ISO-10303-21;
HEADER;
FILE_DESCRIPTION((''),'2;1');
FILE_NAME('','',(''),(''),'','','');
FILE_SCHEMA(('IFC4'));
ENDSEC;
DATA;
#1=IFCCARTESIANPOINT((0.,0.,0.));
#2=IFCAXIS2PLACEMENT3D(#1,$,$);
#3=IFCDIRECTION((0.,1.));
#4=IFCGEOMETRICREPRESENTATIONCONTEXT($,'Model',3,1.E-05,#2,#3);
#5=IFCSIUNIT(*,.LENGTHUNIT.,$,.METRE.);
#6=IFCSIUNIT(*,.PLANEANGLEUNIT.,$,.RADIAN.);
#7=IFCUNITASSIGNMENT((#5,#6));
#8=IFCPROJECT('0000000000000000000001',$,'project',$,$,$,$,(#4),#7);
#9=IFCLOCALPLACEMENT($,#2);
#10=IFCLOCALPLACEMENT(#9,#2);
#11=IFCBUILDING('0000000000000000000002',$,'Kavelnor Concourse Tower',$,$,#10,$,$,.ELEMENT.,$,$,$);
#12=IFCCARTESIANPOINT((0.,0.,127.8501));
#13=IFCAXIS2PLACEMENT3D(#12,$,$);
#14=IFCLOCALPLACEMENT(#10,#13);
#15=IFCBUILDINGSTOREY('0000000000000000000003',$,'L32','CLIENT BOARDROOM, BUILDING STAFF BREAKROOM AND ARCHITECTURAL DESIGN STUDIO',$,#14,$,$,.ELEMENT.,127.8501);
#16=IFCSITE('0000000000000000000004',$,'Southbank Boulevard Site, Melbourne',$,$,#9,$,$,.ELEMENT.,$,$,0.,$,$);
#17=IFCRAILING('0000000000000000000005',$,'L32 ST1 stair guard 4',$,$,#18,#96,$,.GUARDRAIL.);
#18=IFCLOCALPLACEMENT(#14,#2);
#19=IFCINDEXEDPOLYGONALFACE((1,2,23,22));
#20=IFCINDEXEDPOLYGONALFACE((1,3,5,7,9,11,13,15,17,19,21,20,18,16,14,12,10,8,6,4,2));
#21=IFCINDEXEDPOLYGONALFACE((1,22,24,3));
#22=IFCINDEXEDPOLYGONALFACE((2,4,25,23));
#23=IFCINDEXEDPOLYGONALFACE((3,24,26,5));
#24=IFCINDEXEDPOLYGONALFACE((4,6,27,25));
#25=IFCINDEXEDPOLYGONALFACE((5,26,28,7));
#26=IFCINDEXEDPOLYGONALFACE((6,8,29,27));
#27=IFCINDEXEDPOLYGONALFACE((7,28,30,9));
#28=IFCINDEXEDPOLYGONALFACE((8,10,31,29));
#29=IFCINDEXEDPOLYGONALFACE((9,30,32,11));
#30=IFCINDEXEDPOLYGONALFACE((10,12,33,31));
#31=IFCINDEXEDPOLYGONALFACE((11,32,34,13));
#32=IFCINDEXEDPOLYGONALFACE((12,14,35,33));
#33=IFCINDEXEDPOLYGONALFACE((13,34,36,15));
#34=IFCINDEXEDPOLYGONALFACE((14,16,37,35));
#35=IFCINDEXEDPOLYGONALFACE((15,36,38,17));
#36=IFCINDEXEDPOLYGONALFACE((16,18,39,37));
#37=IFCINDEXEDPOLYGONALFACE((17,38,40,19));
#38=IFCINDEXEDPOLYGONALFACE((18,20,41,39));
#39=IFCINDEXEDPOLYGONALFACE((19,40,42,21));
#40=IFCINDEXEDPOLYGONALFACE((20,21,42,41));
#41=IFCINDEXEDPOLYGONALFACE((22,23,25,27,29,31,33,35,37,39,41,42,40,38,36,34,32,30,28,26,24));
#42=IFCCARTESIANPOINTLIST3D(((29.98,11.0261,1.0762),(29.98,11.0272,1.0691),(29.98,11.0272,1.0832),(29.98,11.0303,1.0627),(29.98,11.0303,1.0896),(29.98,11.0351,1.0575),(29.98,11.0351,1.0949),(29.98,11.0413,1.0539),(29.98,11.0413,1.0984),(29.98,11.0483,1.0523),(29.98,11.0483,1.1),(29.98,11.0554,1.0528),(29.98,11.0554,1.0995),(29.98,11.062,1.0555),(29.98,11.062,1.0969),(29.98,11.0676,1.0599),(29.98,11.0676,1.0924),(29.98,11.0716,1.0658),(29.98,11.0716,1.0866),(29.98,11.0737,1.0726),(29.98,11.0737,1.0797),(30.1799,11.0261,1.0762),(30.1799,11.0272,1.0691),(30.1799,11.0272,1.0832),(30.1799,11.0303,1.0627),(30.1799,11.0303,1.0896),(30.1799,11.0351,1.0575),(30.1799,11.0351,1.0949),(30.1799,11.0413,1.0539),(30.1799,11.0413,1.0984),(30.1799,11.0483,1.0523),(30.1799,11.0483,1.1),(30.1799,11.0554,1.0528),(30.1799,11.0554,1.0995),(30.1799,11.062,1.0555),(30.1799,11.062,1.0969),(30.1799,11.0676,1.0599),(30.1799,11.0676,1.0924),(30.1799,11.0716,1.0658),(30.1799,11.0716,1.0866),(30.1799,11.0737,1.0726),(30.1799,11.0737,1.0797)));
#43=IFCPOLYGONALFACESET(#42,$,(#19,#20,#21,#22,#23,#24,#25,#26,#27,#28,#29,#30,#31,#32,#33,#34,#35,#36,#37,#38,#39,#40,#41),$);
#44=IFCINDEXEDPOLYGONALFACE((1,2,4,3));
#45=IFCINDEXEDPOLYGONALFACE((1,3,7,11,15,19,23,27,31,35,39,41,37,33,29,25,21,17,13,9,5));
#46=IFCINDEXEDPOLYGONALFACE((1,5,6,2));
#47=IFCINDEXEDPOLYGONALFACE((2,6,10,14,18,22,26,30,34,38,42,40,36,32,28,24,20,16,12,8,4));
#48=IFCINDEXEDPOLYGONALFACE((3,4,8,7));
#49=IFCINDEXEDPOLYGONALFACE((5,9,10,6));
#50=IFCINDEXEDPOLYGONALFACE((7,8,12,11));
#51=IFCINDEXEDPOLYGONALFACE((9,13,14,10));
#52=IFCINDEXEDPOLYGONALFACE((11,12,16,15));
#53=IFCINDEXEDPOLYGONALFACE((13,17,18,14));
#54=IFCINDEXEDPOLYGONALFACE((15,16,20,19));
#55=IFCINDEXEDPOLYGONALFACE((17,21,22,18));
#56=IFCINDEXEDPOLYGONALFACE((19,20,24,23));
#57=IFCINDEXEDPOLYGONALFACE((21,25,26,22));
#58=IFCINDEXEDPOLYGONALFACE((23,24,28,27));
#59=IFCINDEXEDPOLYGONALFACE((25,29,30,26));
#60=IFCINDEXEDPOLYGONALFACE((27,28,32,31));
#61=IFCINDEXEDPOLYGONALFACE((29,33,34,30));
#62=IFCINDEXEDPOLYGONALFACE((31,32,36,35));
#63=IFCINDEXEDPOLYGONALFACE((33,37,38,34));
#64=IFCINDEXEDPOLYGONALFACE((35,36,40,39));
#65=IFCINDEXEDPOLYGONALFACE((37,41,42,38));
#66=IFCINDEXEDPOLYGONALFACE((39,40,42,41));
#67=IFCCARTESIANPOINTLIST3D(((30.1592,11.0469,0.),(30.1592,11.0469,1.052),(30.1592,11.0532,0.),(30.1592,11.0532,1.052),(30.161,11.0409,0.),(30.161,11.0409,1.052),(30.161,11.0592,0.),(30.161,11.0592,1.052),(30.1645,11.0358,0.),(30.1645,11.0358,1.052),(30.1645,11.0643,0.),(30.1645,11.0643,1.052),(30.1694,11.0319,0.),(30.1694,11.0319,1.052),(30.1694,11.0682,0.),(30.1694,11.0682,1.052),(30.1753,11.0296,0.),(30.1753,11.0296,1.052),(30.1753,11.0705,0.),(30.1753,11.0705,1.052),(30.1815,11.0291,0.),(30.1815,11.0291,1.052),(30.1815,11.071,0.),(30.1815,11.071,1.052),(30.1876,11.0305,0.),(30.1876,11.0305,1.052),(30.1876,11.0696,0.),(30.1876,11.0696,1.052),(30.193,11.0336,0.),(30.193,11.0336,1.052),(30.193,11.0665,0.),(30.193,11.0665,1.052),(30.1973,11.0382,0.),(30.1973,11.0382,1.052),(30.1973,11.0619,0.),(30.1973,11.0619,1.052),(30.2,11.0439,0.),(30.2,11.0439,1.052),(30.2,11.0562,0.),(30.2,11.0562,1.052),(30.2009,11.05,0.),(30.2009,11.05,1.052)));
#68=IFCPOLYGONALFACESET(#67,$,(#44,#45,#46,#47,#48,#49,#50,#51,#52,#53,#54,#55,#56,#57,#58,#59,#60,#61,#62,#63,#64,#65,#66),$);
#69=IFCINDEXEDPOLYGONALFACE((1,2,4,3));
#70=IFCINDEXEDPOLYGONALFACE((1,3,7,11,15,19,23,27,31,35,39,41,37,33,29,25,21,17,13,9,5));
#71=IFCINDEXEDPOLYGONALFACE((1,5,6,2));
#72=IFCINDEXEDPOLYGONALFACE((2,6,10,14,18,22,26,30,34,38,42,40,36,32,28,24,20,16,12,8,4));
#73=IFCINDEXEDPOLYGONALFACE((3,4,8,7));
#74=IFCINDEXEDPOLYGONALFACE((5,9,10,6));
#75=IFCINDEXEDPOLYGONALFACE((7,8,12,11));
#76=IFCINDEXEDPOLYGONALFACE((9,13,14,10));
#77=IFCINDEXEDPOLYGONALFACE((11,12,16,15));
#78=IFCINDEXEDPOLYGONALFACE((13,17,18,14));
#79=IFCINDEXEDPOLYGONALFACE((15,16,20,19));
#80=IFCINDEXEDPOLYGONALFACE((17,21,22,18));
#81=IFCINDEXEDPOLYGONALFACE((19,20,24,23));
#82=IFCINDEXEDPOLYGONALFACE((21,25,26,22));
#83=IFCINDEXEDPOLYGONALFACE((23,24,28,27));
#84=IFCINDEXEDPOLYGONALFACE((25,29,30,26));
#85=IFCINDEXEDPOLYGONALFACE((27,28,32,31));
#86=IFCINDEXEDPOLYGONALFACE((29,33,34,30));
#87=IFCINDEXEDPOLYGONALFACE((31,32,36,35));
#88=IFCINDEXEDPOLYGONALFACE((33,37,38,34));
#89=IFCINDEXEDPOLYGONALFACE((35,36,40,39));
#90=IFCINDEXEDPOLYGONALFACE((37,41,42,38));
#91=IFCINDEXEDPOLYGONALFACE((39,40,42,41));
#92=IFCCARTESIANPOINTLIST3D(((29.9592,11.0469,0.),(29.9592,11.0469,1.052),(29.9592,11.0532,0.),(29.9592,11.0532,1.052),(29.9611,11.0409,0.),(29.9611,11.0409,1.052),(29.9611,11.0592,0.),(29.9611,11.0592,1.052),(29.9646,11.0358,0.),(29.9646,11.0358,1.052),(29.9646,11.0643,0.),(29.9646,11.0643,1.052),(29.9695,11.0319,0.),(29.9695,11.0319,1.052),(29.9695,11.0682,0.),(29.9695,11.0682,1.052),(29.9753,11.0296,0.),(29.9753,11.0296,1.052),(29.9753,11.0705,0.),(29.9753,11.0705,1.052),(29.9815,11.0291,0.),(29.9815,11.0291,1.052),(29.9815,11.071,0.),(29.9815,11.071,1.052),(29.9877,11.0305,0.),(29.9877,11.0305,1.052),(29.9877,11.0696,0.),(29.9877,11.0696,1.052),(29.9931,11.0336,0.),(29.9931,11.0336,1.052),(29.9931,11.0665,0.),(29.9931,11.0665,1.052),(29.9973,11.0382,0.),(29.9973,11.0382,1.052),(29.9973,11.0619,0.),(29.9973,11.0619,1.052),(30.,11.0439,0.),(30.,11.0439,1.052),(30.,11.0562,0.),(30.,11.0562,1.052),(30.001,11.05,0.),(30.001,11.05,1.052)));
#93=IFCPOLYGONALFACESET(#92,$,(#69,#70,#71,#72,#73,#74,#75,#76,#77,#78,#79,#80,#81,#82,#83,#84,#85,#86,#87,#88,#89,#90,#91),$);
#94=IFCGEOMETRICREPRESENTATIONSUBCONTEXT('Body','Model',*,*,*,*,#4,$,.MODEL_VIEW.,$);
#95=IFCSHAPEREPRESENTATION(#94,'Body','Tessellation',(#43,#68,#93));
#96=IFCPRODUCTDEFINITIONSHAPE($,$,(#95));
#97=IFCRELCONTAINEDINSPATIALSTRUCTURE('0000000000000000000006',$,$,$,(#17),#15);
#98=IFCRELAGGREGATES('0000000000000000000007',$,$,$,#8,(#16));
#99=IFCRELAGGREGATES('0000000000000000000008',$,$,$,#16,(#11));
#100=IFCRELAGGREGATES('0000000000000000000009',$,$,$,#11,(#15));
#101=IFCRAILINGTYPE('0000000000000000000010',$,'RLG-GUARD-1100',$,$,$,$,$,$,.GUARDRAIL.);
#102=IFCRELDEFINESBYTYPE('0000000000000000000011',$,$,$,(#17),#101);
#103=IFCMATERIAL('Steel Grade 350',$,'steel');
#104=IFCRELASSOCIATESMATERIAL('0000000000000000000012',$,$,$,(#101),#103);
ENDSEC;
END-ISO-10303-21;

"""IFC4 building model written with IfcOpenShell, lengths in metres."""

from ifc_helpers import new_model, si_unit, direction, frame, origin, origin_2d, place, context, subcontext, project, spatial, circle, extrude, material, type_object, element, save


model = new_model("IFC4")

# Units and contexts
model_context = context("Model", 3, precision=1e-05, world=origin(), true_north=direction((0.0, 1.0)))
body_context = subcontext(model_context, "Body", "Model", "MODEL_VIEW")
ifc_project = project(units=[si_unit("LENGTHUNIT", "METRE"), si_unit("PLANEANGLEUNIT", "RADIAN")], contexts=[model_context])

# Site, building, storey
site_placement = place(None, origin())
site = spatial("IfcSite", under=ifc_project, at=site_placement, Name="Southbank Boulevard Site, Melbourne", CompositionType="ELEMENT", RefElevation=0.0)
building_placement = place(site_placement, origin())
building = spatial("IfcBuilding", under=site, at=building_placement, Name="Kavelnor Concourse Tower", CompositionType="ELEMENT")
storey_placement = place(building_placement, frame((0.0, 0.0, 127.8501)))
storey = spatial("IfcBuildingStorey", under=building, at=storey_placement, Name="L32", Description="CLIENT BOARDROOM, BUILDING STAFF BREAKROOM AND ARCHITECTURAL DESIGN STUDIO", CompositionType="ELEMENT", Elevation=127.8501)

# Shared definitions
ifc_material_1 = material(Name="Steel Grade 350", Category="steel")

# Railing
railing_type_1 = type_object("IfcRailingType", Name="RLG-GUARD-1100", PredefinedType="GUARDRAIL", material=ifc_material_1)
railing_1_placement = place(storey_placement, frame((30.1799, 11.05, 0.0)))
element("IfcRailing", 1, at=railing_1_placement, inside=storey, type_object=railing_type_1, Name="L32 ST1 stair guard 4", PredefinedType="GUARDRAIL", context=body_context, shape_type="SweptSolid", body=[
    extrude(circle(Radius=0.0239, at=origin_2d()), frame((0.0, 0.0, 1.0762), z_axis=(-1.0, 0.0, 0.0), x_axis=(0.0, -1.0, 0.0)), (0.0, 0.0, 1.0), 0.2),
    extrude(circle(Radius=0.021, at=origin_2d()), origin(), (0.0, 0.0, 1.0), 1.052),
    extrude(circle(Radius=0.021, at=origin_2d()), frame((-0.2, 0.0, 0.0)), (0.0, 0.0, 1.0), 1.052),
])

save(model, "model.ifc")
